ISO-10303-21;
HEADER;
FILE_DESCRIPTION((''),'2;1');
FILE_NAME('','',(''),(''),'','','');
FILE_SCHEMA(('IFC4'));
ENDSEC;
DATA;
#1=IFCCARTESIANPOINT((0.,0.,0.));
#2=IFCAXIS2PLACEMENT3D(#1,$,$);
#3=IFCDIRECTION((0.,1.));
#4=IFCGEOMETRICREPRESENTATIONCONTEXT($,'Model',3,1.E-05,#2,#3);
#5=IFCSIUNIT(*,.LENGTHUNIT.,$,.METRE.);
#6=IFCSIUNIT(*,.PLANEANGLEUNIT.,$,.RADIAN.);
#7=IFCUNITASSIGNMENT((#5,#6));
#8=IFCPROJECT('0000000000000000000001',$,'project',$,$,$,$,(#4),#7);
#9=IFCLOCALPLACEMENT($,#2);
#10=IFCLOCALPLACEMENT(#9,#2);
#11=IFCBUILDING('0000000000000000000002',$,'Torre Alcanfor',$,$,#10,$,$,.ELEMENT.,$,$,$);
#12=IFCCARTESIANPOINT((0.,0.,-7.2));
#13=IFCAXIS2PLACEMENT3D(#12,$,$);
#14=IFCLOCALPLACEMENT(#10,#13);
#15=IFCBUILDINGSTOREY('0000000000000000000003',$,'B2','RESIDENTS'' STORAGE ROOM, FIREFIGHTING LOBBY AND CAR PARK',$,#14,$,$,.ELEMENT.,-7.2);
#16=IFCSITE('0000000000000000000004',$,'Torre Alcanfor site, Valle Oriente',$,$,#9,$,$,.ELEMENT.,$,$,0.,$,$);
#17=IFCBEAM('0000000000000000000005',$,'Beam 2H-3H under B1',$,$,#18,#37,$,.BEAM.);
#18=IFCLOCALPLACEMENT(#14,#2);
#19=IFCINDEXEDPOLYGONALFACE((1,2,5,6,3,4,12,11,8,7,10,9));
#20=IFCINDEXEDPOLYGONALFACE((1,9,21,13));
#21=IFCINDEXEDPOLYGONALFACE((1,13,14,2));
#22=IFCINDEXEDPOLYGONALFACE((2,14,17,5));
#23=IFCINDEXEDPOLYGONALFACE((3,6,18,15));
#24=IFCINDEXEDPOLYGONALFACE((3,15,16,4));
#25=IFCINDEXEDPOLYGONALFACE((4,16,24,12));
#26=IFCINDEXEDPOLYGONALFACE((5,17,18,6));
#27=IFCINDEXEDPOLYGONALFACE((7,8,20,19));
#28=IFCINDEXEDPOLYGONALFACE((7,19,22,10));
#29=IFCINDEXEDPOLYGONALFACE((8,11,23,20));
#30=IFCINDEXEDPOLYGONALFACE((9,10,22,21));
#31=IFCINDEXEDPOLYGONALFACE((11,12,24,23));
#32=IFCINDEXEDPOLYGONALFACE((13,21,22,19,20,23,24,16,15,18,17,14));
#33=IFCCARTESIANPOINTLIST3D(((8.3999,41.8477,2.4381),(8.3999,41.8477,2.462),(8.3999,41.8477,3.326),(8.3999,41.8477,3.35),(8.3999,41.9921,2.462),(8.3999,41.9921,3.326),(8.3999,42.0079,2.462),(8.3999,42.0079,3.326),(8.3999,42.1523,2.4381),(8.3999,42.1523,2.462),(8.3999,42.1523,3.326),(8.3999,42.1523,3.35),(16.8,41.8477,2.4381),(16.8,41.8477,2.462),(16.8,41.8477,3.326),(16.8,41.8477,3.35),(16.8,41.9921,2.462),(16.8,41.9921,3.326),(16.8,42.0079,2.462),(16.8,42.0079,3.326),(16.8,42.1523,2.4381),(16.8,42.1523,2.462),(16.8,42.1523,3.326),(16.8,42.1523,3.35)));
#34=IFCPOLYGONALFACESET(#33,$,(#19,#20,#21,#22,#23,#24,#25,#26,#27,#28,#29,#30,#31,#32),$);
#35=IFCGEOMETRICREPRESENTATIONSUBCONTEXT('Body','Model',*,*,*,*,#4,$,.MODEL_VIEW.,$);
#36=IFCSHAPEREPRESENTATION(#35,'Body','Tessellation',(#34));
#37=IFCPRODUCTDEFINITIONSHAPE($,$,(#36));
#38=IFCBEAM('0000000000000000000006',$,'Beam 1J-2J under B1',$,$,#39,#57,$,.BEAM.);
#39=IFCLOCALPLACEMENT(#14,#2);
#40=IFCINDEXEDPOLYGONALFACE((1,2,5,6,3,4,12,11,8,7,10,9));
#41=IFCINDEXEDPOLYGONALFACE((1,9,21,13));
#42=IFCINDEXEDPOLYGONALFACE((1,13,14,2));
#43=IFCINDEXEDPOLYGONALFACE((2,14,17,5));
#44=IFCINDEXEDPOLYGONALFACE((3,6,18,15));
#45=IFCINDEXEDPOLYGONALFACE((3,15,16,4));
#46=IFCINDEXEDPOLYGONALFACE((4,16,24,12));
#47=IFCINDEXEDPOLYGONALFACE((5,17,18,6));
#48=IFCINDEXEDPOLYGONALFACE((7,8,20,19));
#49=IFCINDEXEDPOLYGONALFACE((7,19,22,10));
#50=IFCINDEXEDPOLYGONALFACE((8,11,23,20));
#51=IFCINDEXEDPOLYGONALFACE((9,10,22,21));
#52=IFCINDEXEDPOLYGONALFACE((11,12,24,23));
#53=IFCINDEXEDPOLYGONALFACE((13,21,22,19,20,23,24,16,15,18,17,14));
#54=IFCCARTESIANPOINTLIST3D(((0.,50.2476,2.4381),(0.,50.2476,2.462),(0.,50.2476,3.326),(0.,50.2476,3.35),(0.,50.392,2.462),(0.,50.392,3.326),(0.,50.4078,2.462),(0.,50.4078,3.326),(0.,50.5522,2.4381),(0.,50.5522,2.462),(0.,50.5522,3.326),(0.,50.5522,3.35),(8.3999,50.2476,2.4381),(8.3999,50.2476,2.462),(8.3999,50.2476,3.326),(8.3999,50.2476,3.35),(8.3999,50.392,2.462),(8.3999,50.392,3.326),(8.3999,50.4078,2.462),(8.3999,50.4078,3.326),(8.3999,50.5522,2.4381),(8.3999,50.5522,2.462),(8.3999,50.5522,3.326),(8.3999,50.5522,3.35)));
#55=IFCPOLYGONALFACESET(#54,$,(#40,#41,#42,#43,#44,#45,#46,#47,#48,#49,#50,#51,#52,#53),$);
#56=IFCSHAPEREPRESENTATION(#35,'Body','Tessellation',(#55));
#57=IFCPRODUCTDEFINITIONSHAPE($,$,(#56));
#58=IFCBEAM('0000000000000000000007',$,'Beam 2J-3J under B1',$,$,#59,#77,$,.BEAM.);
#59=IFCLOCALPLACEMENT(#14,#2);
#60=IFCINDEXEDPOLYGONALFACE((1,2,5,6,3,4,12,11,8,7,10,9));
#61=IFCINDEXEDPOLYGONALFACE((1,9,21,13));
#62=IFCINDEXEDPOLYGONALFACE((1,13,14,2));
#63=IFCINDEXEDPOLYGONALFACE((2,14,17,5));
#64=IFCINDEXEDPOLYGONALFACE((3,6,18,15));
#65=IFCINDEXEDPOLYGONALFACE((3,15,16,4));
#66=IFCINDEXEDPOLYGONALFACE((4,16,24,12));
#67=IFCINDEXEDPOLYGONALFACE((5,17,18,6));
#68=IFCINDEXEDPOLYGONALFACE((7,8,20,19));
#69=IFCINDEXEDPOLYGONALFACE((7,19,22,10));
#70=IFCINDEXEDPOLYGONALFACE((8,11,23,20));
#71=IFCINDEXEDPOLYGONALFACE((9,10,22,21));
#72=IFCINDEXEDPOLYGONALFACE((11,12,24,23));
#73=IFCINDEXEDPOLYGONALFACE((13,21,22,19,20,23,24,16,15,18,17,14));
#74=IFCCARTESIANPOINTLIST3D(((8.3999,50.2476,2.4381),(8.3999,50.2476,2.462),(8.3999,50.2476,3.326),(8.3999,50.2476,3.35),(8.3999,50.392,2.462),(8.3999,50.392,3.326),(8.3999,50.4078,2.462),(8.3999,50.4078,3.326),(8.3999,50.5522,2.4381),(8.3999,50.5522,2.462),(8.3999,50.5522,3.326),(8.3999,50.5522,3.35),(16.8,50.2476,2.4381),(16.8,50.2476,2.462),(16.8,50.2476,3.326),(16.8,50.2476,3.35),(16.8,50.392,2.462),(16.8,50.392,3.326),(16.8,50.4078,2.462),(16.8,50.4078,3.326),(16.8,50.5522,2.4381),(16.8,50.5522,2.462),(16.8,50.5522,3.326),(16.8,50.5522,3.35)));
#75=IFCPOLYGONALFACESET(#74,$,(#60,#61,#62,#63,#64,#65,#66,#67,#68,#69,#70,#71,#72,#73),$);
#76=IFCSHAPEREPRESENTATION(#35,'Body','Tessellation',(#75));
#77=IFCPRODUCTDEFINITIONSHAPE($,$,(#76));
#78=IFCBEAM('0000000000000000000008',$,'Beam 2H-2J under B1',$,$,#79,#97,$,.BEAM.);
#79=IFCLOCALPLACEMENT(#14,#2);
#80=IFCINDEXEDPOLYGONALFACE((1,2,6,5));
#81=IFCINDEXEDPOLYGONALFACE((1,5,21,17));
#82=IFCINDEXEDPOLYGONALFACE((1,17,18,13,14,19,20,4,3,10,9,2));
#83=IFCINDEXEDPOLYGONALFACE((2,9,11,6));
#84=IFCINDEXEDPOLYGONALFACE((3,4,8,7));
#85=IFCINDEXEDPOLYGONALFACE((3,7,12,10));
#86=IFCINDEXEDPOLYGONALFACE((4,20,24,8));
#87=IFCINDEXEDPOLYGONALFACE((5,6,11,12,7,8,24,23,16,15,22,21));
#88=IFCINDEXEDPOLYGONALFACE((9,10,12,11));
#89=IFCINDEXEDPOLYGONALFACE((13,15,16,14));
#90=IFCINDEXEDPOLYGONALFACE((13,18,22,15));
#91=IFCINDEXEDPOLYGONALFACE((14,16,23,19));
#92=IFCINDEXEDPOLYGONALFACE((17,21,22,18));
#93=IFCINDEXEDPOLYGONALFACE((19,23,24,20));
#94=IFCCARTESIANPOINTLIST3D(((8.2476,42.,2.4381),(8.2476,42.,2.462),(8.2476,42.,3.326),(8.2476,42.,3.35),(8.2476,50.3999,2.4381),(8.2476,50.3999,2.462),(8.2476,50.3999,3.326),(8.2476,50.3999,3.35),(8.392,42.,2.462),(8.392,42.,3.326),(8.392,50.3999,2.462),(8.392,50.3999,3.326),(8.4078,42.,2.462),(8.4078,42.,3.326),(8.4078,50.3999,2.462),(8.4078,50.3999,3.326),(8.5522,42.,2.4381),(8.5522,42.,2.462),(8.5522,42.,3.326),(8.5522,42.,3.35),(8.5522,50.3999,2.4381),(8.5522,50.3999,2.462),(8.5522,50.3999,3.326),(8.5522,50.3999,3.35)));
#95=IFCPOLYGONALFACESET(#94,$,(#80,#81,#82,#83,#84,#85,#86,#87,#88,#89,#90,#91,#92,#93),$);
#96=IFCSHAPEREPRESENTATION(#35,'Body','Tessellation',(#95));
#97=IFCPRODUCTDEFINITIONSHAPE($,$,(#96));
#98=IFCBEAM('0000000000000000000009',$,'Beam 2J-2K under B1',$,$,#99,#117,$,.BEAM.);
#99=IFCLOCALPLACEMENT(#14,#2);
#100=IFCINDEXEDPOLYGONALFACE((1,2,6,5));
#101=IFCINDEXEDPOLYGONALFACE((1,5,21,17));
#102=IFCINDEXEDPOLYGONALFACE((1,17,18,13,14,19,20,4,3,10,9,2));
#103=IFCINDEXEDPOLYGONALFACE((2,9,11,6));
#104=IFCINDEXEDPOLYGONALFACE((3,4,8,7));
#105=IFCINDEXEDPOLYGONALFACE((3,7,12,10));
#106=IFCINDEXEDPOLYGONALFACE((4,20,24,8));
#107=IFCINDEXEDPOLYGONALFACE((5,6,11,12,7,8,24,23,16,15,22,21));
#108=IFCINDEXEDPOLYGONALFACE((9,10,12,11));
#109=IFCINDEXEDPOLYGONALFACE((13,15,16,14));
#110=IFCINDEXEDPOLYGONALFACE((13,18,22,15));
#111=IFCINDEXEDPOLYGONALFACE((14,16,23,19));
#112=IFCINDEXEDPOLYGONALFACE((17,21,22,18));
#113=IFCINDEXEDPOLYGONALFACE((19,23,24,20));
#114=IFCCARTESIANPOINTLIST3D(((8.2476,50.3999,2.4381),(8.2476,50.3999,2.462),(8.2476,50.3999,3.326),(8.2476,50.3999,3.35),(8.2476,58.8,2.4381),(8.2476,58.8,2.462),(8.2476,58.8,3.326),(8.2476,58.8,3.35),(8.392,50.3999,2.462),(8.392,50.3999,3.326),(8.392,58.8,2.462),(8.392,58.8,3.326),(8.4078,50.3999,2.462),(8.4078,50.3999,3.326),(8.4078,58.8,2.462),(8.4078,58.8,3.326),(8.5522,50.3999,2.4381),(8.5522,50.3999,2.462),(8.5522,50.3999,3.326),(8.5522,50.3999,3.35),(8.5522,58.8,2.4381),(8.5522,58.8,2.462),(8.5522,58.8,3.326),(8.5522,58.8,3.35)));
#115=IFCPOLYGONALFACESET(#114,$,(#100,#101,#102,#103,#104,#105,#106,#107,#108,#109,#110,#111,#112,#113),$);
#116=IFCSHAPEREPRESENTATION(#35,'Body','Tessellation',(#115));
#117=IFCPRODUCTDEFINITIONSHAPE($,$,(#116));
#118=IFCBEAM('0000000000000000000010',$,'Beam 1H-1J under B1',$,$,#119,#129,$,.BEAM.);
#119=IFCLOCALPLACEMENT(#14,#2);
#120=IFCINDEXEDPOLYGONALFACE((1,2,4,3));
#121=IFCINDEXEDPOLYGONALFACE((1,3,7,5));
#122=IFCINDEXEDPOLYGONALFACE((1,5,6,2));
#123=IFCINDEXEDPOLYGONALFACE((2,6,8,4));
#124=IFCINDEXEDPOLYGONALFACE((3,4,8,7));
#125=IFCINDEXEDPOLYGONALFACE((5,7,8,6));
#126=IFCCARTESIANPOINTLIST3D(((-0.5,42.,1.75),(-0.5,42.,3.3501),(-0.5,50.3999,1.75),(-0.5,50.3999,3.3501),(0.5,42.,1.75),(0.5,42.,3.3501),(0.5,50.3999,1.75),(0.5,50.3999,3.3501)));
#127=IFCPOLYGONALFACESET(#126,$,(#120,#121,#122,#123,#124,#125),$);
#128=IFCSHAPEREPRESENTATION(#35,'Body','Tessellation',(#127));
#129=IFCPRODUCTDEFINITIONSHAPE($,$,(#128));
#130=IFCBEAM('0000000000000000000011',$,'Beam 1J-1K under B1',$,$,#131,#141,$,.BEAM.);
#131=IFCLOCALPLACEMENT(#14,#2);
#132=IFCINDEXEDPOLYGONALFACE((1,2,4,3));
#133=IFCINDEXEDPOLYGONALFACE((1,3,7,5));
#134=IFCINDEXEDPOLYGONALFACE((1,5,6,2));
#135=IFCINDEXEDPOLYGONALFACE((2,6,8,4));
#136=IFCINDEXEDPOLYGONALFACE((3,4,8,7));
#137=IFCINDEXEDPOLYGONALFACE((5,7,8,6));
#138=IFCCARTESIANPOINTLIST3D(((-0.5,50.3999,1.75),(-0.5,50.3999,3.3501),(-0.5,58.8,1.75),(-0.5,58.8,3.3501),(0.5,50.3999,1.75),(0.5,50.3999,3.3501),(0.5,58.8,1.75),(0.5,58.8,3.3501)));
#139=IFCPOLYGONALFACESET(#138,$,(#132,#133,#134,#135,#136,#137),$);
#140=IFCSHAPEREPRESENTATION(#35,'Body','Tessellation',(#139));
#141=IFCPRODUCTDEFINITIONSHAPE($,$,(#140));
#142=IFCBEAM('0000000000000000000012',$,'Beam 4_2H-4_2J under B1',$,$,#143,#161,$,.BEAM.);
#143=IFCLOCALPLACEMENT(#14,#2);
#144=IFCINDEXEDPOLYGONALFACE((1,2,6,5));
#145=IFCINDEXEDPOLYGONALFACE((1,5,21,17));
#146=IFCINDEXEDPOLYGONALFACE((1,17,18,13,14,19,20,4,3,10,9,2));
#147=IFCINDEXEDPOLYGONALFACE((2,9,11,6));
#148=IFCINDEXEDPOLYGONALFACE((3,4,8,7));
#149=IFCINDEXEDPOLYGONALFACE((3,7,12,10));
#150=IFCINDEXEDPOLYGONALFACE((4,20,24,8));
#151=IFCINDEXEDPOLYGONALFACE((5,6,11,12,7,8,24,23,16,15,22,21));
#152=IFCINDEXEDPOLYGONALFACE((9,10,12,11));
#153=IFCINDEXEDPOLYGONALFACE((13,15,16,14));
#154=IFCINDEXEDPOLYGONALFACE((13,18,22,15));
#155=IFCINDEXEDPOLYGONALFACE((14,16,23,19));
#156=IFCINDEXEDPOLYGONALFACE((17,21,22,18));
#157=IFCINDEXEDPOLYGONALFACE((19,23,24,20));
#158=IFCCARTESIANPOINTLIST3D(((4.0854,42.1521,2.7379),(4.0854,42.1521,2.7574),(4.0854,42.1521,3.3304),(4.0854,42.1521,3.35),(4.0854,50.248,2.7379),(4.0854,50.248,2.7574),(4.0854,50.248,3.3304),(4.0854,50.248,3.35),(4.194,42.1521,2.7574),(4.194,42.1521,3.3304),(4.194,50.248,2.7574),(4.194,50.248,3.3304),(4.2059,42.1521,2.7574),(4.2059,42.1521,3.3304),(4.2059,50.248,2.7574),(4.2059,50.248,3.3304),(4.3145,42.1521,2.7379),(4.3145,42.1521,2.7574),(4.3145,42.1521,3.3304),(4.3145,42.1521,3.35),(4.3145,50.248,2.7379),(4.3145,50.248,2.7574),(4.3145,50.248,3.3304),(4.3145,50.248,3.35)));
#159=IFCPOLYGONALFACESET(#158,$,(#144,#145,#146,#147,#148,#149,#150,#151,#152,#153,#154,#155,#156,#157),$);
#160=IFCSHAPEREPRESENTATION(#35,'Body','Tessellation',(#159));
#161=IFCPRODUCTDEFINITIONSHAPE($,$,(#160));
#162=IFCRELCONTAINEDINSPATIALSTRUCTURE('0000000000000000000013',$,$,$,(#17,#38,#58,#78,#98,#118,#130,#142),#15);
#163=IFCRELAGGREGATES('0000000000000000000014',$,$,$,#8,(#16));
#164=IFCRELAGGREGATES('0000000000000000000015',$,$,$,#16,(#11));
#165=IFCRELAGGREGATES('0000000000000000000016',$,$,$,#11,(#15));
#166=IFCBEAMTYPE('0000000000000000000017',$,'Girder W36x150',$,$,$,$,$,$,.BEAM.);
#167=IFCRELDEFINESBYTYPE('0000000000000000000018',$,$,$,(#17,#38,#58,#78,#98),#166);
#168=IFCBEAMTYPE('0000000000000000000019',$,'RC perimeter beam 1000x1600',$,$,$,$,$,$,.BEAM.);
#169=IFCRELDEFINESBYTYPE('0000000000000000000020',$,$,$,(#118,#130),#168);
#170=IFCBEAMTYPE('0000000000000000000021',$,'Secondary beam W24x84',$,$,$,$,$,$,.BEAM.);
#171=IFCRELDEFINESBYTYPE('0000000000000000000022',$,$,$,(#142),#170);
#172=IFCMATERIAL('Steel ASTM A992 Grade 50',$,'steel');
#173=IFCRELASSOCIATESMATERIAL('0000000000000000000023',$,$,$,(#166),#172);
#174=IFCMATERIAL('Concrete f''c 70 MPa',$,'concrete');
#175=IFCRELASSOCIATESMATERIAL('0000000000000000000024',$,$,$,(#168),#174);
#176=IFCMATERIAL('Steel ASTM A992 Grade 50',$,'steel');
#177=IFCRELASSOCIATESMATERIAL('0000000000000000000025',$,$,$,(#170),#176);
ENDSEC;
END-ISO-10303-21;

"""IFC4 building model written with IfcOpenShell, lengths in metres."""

from ifc_helpers import new_model, si_unit, direction, frame, origin, origin_2d, place, context, subcontext, project, spatial, rectangle, i_section, extrude, material, material_profile, profile_set, type_object, element, save


model = new_model("IFC4")

# Units and contexts
model_context = context("Model", 3, precision=1e-05, world=origin(), true_north=direction((0.0, 1.0)))
body_context = subcontext(model_context, "Body", "Model", "MODEL_VIEW")
ifc_project = project(units=[si_unit("LENGTHUNIT", "METRE"), si_unit("PLANEANGLEUNIT", "RADIAN")], contexts=[model_context])

# Site, building, storey
site_placement = place(None, origin())
site = spatial("IfcSite", under=ifc_project, at=site_placement, Name="Torre Alcanfor site, Valle Oriente", CompositionType="ELEMENT", RefElevation=0.0)
building_placement = place(site_placement, origin())
building = spatial("IfcBuilding", under=site, at=building_placement, Name="Torre Alcanfor", CompositionType="ELEMENT")
storey_placement = place(building_placement, frame((0.0, 0.0, -7.2)))
storey = spatial("IfcBuildingStorey", under=building, at=storey_placement, Name="B2", Description="RESIDENTS' STORAGE ROOM, FIREFIGHTING LOBBY AND CAR PARK", CompositionType="ELEMENT", Elevation=-7.2)

# Beams
ifc_material_1 = material(Name="Steel ASTM A992 Grade 50", Category="steel")
ifc_material_profile_1 = material_profile(ifc_material_1, i_section(OverallWidth=0.3047, OverallDepth=0.9119, WebThickness=0.0159, FlangeThickness=0.0239, at=origin_2d()), Name="W36x150")
ifc_profile_set_1 = profile_set([ifc_material_profile_1], Name="Steel ASTM A992 Grade 50")
beam_type_1 = type_object("IfcBeamType", Name="Girder W36x150", PredefinedType="BEAM", material=ifc_profile_set_1)
beam_1_placement = place(storey_placement, frame((8.3999, 42.0, 2.894), z_axis=(1.0, 0.0, 0.0), x_axis=(0.0, 1.0, 0.0)))
element("IfcBeam", 1, at=beam_1_placement, inside=storey, type_object=beam_type_1, Name="Beam 2H-3H under B1", PredefinedType="BEAM", context=body_context, shape_type="SweptSolid", body=[
    extrude(i_section(OverallWidth=0.3047, OverallDepth=0.9119, WebThickness=0.0159, FlangeThickness=0.0239, at=origin_2d()), origin(), (0.0, 0.0, 1.0), 8.4001),
])
beam_2_placement = place(storey_placement, frame((0.0, 50.3999, 2.894), z_axis=(1.0, 0.0, 0.0), x_axis=(0.0, 1.0, 0.0)))
element("IfcBeam", 2, at=beam_2_placement, inside=storey, type_object=beam_type_1, Name="Beam 1J-2J under B1", PredefinedType="BEAM", context=body_context, shape_type="SweptSolid", body=[
    extrude(i_section(OverallWidth=0.3047, OverallDepth=0.9119, WebThickness=0.0159, FlangeThickness=0.0239, at=origin_2d()), origin(), (0.0, 0.0, 1.0), 8.3999),
])
beam_3_placement = place(storey_placement, frame((8.3999, 50.3999, 2.894), z_axis=(1.0, 0.0, 0.0), x_axis=(0.0, 1.0, 0.0)))
element("IfcBeam", 3, at=beam_3_placement, inside=storey, type_object=beam_type_1, Name="Beam 2J-3J under B1", PredefinedType="BEAM", context=body_context, shape_type="SweptSolid", body=[
    extrude(i_section(OverallWidth=0.3047, OverallDepth=0.9119, WebThickness=0.0159, FlangeThickness=0.0239, at=origin_2d()), origin(), (0.0, 0.0, 1.0), 8.4001),
])
beam_4_placement = place(storey_placement, frame((8.3999, 42.0, 2.894), z_axis=(0.0, 1.0, 0.0), x_axis=(-1.0, 0.0, 0.0)))
element("IfcBeam", 4, at=beam_4_placement, inside=storey, type_object=beam_type_1, Name="Beam 2H-2J under B1", PredefinedType="BEAM", context=body_context, shape_type="SweptSolid", body=[
    extrude(i_section(OverallWidth=0.3047, OverallDepth=0.9119, WebThickness=0.0159, FlangeThickness=0.0239, at=origin_2d()), origin(), (0.0, 0.0, 1.0), 8.3999),
])
beam_5_placement = place(storey_placement, frame((8.3999, 50.3999, 2.894), z_axis=(0.0, 1.0, 0.0), x_axis=(-1.0, 0.0, 0.0)))
element("IfcBeam", 5, at=beam_5_placement, inside=storey, type_object=beam_type_1, Name="Beam 2J-2K under B1", PredefinedType="BEAM", context=body_context, shape_type="SweptSolid", body=[
    extrude(i_section(OverallWidth=0.3047, OverallDepth=0.9119, WebThickness=0.0159, FlangeThickness=0.0239, at=origin_2d()), origin(), (0.0, 0.0, 1.0), 8.4001),
])
ifc_material_2 = material(Name="Concrete f'c 70 MPa", Category="concrete")
ifc_material_profile_2 = material_profile(ifc_material_2, rectangle(XDim=1.0, YDim=1.6001, at=origin_2d()), Name="1000x1600")
ifc_profile_set_2 = profile_set([ifc_material_profile_2], Name="Concrete f'c 70 MPa")
beam_type_2 = type_object("IfcBeamType", Name="RC perimeter beam 1000x1600", PredefinedType="BEAM", material=ifc_profile_set_2)
beam_6_placement = place(storey_placement, frame((0.0, 42.0, 2.55), z_axis=(0.0, 1.0, 0.0), x_axis=(-1.0, 0.0, 0.0)))
element("IfcBeam", 6, at=beam_6_placement, inside=storey, type_object=beam_type_2, Name="Beam 1H-1J under B1", PredefinedType="BEAM", context=body_context, shape_type="SweptSolid", body=[
    extrude(rectangle(XDim=1.0, YDim=1.6001, at=origin_2d()), origin(), (0.0, 0.0, 1.0), 8.3999),
])
beam_7_placement = place(storey_placement, frame((0.0, 50.3999, 2.55), z_axis=(0.0, 1.0, 0.0), x_axis=(-1.0, 0.0, 0.0)))
element("IfcBeam", 7, at=beam_7_placement, inside=storey, type_object=beam_type_2, Name="Beam 1J-1K under B1", PredefinedType="BEAM", context=body_context, shape_type="SweptSolid", body=[
    extrude(rectangle(XDim=1.0, YDim=1.6001, at=origin_2d()), origin(), (0.0, 0.0, 1.0), 8.4001),
])
ifc_material_3 = material(Name="Steel ASTM A992 Grade 50", Category="steel")
ifc_material_profile_3 = material_profile(ifc_material_3, i_section(OverallWidth=0.229, OverallDepth=0.6121, WebThickness=0.012, FlangeThickness=0.0195, at=origin_2d()), Name="W24x84")
ifc_profile_set_3 = profile_set([ifc_material_profile_3], Name="Steel ASTM A992 Grade 50")
beam_type_3 = type_object("IfcBeamType", Name="Secondary beam W24x84", PredefinedType="BEAM", material=ifc_profile_set_3)
beam_8_placement = place(storey_placement, frame((4.2, 42.1521, 3.0439), z_axis=(0.0, 1.0, 0.0), x_axis=(-1.0, 0.0, 0.0)))
element("IfcBeam", 8, at=beam_8_placement, inside=storey, type_object=beam_type_3, Name="Beam 4_2H-4_2J under B1", PredefinedType="BEAM", context=body_context, shape_type="SweptSolid", body=[
    extrude(i_section(OverallWidth=0.229, OverallDepth=0.6121, WebThickness=0.012, FlangeThickness=0.0195, at=origin_2d()), origin(), (0.0, 0.0, 1.0), 8.0959),
])

save(model, "model.ifc")
